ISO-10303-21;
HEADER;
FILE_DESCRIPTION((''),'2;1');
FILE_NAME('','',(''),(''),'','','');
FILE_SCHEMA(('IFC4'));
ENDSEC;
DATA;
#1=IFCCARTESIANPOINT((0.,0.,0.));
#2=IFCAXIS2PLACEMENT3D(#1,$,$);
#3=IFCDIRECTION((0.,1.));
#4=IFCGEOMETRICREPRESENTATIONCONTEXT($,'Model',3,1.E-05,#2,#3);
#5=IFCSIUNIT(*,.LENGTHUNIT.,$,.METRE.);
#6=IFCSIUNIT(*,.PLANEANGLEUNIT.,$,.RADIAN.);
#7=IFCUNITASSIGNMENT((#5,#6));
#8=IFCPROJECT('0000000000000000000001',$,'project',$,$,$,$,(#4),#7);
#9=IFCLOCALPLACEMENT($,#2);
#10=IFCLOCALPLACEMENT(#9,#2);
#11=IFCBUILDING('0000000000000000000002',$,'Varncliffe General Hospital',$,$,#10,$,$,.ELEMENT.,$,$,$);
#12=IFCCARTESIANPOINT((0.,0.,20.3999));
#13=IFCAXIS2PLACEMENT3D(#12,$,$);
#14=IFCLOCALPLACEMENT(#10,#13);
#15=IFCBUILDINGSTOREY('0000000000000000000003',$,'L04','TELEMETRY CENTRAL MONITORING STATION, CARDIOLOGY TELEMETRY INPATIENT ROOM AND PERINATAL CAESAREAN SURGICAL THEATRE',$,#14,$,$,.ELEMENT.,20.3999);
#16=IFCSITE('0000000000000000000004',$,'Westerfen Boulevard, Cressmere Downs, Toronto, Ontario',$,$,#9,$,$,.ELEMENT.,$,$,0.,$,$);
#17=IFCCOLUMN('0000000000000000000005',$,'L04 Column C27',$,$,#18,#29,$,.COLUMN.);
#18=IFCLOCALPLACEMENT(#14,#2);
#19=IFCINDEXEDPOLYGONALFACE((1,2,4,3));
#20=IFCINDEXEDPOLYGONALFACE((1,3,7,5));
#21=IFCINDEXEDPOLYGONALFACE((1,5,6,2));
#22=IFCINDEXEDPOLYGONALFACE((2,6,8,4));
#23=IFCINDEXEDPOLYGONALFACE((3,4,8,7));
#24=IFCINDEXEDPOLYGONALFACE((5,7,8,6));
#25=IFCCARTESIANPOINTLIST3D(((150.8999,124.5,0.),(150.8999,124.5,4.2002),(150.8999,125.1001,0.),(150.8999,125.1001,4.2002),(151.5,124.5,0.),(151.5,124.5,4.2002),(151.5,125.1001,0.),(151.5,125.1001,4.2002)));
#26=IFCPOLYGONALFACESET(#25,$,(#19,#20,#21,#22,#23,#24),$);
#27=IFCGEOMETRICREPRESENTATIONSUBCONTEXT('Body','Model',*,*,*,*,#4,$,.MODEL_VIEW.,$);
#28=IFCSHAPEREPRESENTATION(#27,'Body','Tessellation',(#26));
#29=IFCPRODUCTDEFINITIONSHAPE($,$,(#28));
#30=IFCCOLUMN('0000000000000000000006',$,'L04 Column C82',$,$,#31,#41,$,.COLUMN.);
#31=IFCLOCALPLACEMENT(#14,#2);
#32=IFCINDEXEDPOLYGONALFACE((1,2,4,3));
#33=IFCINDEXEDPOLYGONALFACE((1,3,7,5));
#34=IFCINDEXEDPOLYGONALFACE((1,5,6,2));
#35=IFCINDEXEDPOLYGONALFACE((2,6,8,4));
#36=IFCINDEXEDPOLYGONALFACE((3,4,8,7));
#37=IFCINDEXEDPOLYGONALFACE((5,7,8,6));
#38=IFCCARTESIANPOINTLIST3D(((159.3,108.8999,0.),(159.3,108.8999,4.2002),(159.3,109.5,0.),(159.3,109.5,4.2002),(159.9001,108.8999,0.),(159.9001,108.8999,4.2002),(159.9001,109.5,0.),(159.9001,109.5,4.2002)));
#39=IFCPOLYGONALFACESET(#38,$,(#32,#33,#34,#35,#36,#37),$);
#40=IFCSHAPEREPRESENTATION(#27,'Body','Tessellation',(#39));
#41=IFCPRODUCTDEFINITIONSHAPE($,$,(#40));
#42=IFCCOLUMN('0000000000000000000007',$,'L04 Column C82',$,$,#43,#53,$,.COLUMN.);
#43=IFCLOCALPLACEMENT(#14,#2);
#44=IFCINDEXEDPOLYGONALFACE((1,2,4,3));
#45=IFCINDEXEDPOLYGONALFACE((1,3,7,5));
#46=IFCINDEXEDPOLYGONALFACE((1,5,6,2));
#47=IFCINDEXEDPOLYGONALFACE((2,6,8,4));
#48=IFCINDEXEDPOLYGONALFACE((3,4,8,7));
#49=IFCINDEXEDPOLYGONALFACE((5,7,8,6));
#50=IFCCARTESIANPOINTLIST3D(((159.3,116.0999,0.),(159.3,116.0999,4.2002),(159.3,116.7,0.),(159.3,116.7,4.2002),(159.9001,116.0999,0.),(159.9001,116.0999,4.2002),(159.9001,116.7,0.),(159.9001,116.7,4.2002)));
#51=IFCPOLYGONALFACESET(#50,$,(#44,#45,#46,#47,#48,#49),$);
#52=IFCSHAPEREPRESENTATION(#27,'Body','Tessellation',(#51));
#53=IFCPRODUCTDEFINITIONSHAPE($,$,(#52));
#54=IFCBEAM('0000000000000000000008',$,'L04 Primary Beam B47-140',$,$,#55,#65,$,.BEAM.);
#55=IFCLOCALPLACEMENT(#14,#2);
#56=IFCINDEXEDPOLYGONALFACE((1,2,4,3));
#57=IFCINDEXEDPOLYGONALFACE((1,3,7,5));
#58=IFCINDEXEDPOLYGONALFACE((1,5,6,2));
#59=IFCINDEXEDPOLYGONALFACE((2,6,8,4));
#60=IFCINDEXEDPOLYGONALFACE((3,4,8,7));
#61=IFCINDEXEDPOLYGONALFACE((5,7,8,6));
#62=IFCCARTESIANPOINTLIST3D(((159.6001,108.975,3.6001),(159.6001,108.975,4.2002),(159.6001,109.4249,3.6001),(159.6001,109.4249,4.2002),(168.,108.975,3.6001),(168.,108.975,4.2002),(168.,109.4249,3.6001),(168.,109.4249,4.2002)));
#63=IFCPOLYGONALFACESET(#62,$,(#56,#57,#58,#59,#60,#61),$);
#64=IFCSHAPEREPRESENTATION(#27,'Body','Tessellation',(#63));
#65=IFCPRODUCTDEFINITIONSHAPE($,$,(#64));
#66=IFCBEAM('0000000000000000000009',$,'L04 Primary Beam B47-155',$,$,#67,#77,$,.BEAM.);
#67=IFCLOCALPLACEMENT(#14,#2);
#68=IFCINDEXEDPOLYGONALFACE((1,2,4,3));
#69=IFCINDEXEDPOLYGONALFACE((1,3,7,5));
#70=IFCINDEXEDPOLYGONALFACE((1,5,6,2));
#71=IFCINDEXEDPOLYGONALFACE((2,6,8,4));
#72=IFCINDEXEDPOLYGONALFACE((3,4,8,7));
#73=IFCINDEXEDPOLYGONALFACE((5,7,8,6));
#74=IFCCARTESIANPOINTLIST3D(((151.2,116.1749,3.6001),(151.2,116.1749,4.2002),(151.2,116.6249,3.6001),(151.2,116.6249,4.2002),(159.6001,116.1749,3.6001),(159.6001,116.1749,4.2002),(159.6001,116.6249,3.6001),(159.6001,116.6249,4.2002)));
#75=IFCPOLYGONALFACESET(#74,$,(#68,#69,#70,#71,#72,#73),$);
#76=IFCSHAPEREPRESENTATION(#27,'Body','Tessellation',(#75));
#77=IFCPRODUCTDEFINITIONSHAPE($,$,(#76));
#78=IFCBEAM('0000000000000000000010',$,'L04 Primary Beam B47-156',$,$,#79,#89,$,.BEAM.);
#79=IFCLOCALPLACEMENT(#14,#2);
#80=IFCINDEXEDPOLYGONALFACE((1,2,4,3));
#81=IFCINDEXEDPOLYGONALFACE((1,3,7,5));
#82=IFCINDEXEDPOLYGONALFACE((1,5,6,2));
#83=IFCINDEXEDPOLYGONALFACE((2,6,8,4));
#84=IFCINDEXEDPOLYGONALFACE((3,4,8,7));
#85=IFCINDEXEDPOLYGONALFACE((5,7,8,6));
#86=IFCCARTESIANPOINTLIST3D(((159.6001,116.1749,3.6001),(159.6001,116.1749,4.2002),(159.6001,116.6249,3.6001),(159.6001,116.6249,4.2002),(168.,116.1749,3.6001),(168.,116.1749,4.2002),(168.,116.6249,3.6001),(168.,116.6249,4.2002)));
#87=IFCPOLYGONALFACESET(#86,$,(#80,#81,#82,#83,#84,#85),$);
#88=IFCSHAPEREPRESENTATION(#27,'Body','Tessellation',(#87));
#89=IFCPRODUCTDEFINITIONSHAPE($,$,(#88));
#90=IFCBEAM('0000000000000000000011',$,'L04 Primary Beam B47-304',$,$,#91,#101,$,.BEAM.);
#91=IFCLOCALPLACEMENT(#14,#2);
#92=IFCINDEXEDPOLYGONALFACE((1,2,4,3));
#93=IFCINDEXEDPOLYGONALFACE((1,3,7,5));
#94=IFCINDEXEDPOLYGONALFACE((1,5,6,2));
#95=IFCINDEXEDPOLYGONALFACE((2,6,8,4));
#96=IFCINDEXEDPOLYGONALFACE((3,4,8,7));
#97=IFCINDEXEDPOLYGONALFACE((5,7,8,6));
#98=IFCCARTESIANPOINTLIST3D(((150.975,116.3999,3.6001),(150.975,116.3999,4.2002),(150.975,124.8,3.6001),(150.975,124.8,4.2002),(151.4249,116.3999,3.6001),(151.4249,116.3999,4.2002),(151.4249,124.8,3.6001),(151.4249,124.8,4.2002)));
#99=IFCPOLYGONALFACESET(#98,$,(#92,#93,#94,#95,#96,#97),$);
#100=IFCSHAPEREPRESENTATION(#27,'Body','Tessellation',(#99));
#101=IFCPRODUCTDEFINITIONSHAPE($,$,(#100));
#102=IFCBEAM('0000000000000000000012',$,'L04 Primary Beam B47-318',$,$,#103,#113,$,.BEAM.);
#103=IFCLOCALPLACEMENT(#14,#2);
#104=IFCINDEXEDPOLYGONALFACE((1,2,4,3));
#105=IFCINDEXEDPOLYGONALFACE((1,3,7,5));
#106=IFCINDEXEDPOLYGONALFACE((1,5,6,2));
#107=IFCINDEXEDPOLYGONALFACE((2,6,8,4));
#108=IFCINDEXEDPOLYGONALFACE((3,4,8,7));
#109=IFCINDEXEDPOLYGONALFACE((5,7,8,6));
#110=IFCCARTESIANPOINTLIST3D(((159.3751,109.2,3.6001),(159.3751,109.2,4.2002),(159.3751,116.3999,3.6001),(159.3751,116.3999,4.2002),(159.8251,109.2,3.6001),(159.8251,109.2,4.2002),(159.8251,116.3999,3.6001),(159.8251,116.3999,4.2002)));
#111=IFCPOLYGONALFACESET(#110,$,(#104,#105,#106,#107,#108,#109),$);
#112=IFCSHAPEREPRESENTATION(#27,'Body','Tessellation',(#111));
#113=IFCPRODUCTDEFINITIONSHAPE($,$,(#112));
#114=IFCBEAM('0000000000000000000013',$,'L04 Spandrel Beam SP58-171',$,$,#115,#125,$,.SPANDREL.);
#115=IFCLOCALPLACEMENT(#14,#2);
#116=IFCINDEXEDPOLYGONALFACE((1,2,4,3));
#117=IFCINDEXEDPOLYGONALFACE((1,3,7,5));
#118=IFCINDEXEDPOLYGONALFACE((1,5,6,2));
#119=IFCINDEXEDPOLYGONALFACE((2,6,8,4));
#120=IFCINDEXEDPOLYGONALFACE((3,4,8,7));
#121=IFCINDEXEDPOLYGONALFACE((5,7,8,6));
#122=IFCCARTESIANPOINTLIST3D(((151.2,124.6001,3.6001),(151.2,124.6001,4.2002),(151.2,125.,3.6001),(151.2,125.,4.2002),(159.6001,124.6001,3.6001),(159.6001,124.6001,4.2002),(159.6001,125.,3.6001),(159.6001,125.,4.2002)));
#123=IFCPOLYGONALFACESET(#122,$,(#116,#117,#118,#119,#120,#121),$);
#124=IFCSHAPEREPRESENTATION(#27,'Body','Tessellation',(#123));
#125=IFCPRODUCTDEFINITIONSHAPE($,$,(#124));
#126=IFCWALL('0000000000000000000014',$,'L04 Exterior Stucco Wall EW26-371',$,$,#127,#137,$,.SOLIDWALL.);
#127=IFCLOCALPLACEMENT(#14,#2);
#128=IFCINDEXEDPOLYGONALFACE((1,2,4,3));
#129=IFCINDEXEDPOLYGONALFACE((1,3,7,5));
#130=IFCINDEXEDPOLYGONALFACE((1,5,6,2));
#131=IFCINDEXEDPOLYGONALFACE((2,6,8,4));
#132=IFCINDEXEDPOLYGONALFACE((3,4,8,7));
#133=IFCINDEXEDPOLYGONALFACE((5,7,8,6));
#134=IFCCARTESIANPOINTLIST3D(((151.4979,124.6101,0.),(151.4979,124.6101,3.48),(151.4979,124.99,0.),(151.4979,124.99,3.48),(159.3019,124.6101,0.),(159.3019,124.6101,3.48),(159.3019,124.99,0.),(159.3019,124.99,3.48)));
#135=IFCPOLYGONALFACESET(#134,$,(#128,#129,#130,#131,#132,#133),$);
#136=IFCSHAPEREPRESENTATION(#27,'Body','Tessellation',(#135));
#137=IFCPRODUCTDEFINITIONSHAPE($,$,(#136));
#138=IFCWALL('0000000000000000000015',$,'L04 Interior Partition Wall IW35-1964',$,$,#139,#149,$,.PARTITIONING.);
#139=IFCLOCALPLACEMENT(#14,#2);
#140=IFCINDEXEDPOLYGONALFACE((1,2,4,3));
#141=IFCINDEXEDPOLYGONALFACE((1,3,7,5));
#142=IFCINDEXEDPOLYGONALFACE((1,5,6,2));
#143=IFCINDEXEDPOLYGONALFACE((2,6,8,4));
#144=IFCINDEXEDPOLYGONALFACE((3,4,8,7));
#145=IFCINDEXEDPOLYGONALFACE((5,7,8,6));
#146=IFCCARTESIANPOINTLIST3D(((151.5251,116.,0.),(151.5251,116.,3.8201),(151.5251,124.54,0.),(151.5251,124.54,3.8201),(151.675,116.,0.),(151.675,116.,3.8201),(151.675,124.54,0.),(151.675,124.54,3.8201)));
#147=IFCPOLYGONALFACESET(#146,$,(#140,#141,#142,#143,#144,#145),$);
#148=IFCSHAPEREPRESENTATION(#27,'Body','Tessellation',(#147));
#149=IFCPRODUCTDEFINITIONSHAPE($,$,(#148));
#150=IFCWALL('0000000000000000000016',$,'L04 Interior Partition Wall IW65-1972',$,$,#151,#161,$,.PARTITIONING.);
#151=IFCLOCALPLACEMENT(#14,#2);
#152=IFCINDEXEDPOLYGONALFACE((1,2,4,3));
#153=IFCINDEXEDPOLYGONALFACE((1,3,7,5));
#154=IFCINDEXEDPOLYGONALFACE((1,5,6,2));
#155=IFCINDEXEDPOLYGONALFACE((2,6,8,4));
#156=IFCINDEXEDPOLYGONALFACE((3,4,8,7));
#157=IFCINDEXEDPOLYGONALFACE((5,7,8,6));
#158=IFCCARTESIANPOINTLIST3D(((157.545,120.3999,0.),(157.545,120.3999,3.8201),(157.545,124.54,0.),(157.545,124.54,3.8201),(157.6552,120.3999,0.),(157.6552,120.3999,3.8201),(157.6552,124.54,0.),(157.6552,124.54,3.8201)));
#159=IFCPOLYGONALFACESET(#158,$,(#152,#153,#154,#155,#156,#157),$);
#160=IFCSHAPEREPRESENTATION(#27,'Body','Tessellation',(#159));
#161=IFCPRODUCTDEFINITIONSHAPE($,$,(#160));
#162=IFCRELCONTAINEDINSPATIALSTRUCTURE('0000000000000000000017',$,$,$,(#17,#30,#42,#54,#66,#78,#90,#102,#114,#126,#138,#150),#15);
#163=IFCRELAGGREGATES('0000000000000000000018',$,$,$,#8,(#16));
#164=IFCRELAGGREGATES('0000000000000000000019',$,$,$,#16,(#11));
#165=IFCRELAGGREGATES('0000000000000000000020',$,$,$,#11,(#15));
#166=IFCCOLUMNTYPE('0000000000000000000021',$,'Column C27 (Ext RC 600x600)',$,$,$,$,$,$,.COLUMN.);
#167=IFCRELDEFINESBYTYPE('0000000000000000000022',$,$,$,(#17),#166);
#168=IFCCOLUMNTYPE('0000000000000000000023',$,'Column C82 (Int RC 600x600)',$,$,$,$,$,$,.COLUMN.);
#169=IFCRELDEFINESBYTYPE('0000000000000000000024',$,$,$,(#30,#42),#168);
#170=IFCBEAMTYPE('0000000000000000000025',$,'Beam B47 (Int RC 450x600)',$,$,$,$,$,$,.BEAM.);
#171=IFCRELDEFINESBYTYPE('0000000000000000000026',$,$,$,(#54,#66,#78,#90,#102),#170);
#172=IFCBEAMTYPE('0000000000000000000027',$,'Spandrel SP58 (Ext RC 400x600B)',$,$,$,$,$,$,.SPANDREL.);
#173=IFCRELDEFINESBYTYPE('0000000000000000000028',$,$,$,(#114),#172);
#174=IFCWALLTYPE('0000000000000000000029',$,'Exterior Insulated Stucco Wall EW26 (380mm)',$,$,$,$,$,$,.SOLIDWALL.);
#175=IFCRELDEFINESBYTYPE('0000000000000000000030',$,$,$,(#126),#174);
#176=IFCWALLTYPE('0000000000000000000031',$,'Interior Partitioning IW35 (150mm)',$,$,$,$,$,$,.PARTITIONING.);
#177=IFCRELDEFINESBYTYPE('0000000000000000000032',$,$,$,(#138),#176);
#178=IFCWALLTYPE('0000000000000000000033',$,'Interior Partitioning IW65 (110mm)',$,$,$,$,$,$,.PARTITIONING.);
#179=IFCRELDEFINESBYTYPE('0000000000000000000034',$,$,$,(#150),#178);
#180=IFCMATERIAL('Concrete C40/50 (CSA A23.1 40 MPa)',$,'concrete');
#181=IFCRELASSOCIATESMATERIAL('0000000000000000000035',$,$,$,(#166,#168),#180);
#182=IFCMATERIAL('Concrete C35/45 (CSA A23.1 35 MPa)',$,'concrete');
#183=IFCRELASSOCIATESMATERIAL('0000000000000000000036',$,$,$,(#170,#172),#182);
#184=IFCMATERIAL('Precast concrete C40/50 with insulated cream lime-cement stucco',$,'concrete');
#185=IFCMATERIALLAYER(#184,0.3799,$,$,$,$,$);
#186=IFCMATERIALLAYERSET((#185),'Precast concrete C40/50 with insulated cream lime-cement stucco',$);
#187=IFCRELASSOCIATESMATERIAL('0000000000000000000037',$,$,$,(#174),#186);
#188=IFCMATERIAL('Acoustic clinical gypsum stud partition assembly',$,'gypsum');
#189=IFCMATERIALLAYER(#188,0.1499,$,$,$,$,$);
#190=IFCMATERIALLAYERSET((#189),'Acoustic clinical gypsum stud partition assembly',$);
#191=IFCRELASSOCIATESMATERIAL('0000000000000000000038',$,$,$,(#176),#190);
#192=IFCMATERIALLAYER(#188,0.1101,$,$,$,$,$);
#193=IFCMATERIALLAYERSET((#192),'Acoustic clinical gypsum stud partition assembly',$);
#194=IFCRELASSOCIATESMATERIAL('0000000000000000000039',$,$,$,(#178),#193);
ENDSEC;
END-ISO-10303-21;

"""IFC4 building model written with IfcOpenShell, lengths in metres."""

from ifc_helpers import new_model, si_unit, direction, frame, frame_2d, origin, origin_2d, place, context, subcontext, project, spatial, rectangle, extrude, material, layer, layer_set, material_profile, profile_set, type_object, element, save


model = new_model("IFC4")

# Units and contexts
model_context = context("Model", 3, precision=1e-05, world=origin(), true_north=direction((0.0, 1.0)))
body_context = subcontext(model_context, "Body", "Model", "MODEL_VIEW")
ifc_project = project(units=[si_unit("LENGTHUNIT", "METRE"), si_unit("PLANEANGLEUNIT", "RADIAN")], contexts=[model_context])

# Site, building, storey
site_placement = place(None, origin())
site = spatial("IfcSite", under=ifc_project, at=site_placement, Name="Westerfen Boulevard, Cressmere Downs, Toronto, Ontario", CompositionType="ELEMENT", RefElevation=0.0)
building_placement = place(site_placement, origin())
building = spatial("IfcBuilding", under=site, at=building_placement, Name="Varncliffe General Hospital", CompositionType="ELEMENT")
storey_placement = place(building_placement, frame((0.0, 0.0, 20.3999)))
storey = spatial("IfcBuildingStorey", under=building, at=storey_placement, Name="L04", Description="TELEMETRY CENTRAL MONITORING STATION, CARDIOLOGY TELEMETRY INPATIENT ROOM AND PERINATAL CAESAREAN SURGICAL THEATRE", CompositionType="ELEMENT", Elevation=20.3999)

# Columns
ifc_material_1 = material(Name="Concrete C40/50 (CSA A23.1 40 MPa)", Category="concrete")
ifc_material_profile_1 = material_profile(ifc_material_1, rectangle(XDim=0.6001, YDim=0.6001, at=origin_2d()), Name="RC 600x600")
ifc_profile_set_1 = profile_set([ifc_material_profile_1], Name="Concrete C40/50 (CSA A23.1 40 MPa)")
column_type_1 = type_object("IfcColumnType", Name="Column C27 (Ext RC 600x600)", PredefinedType="COLUMN", material=ifc_profile_set_1)
column_placement = place(storey_placement, frame((151.2, 124.8, 0.0), z_axis=(0.0, 0.0, 1.0), x_axis=(1.0, 0.0, 0.0)))
element("IfcColumn", 1, at=column_placement, inside=storey, type_object=column_type_1, Name="L04 Column C27", PredefinedType="COLUMN", context=body_context, shape_type="SweptSolid", body=[
    extrude(rectangle(XDim=0.6001, YDim=0.6001, at=origin_2d()), origin(), (0.0, 0.0, 1.0), 4.2002),
])
ifc_material_profile_2 = material_profile(ifc_material_1, rectangle(XDim=0.6001, YDim=0.6001, at=origin_2d()), Name="RC 600x600")
ifc_profile_set_2 = profile_set([ifc_material_profile_2], Name="Concrete C40/50 (CSA A23.1 40 MPa)")
column_type_2 = type_object("IfcColumnType", Name="Column C82 (Int RC 600x600)", PredefinedType="COLUMN", material=ifc_profile_set_2)
for number, where, z_axis, x_axis, name in (
    (2, (159.6001, 109.2, 0.0), (0.0, 0.0, 1.0), (1.0, 0.0, 0.0), "L04 Column C82"),
    (3, (159.6001, 116.3999, 0.0), (0.0, 0.0, 1.0), (1.0, 0.0, 0.0), "L04 Column C82"),
):
    element("IfcColumn", number, at=place(storey_placement, frame(where, z_axis=z_axis, x_axis=x_axis)), inside=storey, type_object=column_type_2, Name=name, PredefinedType="COLUMN", context=body_context, shape_type="SweptSolid", body=[
        extrude(rectangle(XDim=0.6001, YDim=0.6001, at=origin_2d()), origin(), (0.0, 0.0, 1.0), 4.2002),
    ])

# Beams
ifc_material_2 = material(Name="Concrete C35/45 (CSA A23.1 35 MPa)", Category="concrete")
ifc_material_profile_3 = material_profile(ifc_material_2, rectangle(XDim=0.45, YDim=0.6001, at=origin_2d()), Name="RC 450x600")
ifc_profile_set_3 = profile_set([ifc_material_profile_3], Name="Concrete C35/45 (CSA A23.1 35 MPa)")
beam_type_1 = type_object("IfcBeamType", Name="Beam B47 (Int RC 450x600)", PredefinedType="BEAM", material=ifc_profile_set_3)
beam_1_placement = place(storey_placement, frame((159.6001, 109.2, 3.9001), z_axis=(1.0, 0.0, 0.0), x_axis=(0.0, 1.0, 0.0)))
element("IfcBeam", 4, at=beam_1_placement, inside=storey, type_object=beam_type_1, Name="L04 Primary Beam B47-140", PredefinedType="BEAM", context=body_context, shape_type="SweptSolid", body=[
    extrude(rectangle(XDim=0.45, YDim=0.6001, at=origin_2d()), origin(), (0.0, 0.0, 1.0), 8.3999),
])
beam_2_placement = place(storey_placement, frame((151.2, 116.3999, 3.9001), z_axis=(1.0, 0.0, 0.0), x_axis=(0.0, 1.0, 0.0)))
element("IfcBeam", 5, at=beam_2_placement, inside=storey, type_object=beam_type_1, Name="L04 Primary Beam B47-155", PredefinedType="BEAM", context=body_context, shape_type="SweptSolid", body=[
    extrude(rectangle(XDim=0.45, YDim=0.6001, at=origin_2d()), origin(), (0.0, 0.0, 1.0), 8.4001),
])
beam_3_placement = place(storey_placement, frame((159.6001, 116.3999, 3.9001), z_axis=(1.0, 0.0, 0.0), x_axis=(0.0, 1.0, 0.0)))
element("IfcBeam", 6, at=beam_3_placement, inside=storey, type_object=beam_type_1, Name="L04 Primary Beam B47-156", PredefinedType="BEAM", context=body_context, shape_type="SweptSolid", body=[
    extrude(rectangle(XDim=0.45, YDim=0.6001, at=origin_2d()), origin(), (0.0, 0.0, 1.0), 8.3999),
])
beam_4_placement = place(storey_placement, frame((151.2, 116.3999, 3.9001), z_axis=(0.0, 1.0, 0.0), x_axis=(-1.0, 0.0, 0.0)))
element("IfcBeam", 7, at=beam_4_placement, inside=storey, type_object=beam_type_1, Name="L04 Primary Beam B47-304", PredefinedType="BEAM", context=body_context, shape_type="SweptSolid", body=[
    extrude(rectangle(XDim=0.45, YDim=0.6001, at=origin_2d()), origin(), (0.0, 0.0, 1.0), 8.4001),
])
beam_5_placement = place(storey_placement, frame((159.6001, 109.2, 3.9001), z_axis=(0.0, 1.0, 0.0), x_axis=(-1.0, 0.0, 0.0)))
element("IfcBeam", 8, at=beam_5_placement, inside=storey, type_object=beam_type_1, Name="L04 Primary Beam B47-318", PredefinedType="BEAM", context=body_context, shape_type="SweptSolid", body=[
    extrude(rectangle(XDim=0.45, YDim=0.6001, at=origin_2d()), origin(), (0.0, 0.0, 1.0), 7.2),
])
ifc_material_profile_4 = material_profile(ifc_material_2, rectangle(XDim=0.3999, YDim=0.6001, at=origin_2d()), Name="RC 400x600")
ifc_profile_set_4 = profile_set([ifc_material_profile_4], Name="Concrete C35/45 (CSA A23.1 35 MPa)")
beam_type_2 = type_object("IfcBeamType", Name="Spandrel SP58 (Ext RC 400x600B)", PredefinedType="SPANDREL", material=ifc_profile_set_4)
beam_6_placement = place(storey_placement, frame((151.2, 124.8, 3.9001), z_axis=(1.0, 0.0, 0.0), x_axis=(0.0, 1.0, 0.0)))
element("IfcBeam", 9, at=beam_6_placement, inside=storey, type_object=beam_type_2, Name="L04 Spandrel Beam SP58-171", PredefinedType="SPANDREL", context=body_context, shape_type="SweptSolid", body=[
    extrude(rectangle(XDim=0.3999, YDim=0.6001, at=origin_2d()), origin(), (0.0, 0.0, 1.0), 8.4001),
])

# Walls
ifc_material_3 = material(Name="Precast concrete C40/50 with insulated cream lime-cement stucco", Category="concrete")
ifc_layer_1 = layer(ifc_material_3, 0.3799)
ifc_layer_set_1 = layer_set([ifc_layer_1], Name="Precast concrete C40/50 with insulated cream lime-cement stucco")
wall_type_1 = type_object("IfcWallType", Name="Exterior Insulated Stucco Wall EW26 (380mm)", PredefinedType="SOLIDWALL", material=ifc_layer_set_1)
wall_1_placement = place(storey_placement, frame((151.498, 124.8, 0.0), z_axis=(0.0, 0.0, 1.0), x_axis=(1.0, 0.0, 0.0)))
element("IfcWall", 10, at=wall_1_placement, inside=storey, type_object=wall_type_1, Name="L04 Exterior Stucco Wall EW26-371", PredefinedType="SOLIDWALL", context=body_context, shape_type="SweptSolid", body=[
    extrude(rectangle(XDim=7.804, YDim=0.3799, at=frame_2d((3.9019, 0.0))), origin(), (0.0, 0.0, 1.0), 3.48),
])
ifc_material_4 = material(Name="Acoustic clinical gypsum stud partition assembly", Category="gypsum")
ifc_layer_2 = layer(ifc_material_4, 0.1499)
ifc_layer_set_2 = layer_set([ifc_layer_2], Name="Acoustic clinical gypsum stud partition assembly")
wall_type_2 = type_object("IfcWallType", Name="Interior Partitioning IW35 (150mm)", PredefinedType="PARTITIONING", material=ifc_layer_set_2)
wall_2_placement = place(storey_placement, frame((151.6001, 116.0, 0.0), z_axis=(0.0, 0.0, 1.0), x_axis=(0.0, 1.0, 0.0)))
element("IfcWall", 11, at=wall_2_placement, inside=storey, type_object=wall_type_2, Name="L04 Interior Partition Wall IW35-1964", PredefinedType="PARTITIONING", context=body_context, shape_type="SweptSolid", body=[
    extrude(rectangle(XDim=8.54, YDim=0.1499, at=frame_2d((4.27, 0.0))), origin(), (0.0, 0.0, 1.0), 3.8201),
])
ifc_layer_3 = layer(ifc_material_4, 0.1101)
ifc_layer_set_3 = layer_set([ifc_layer_3], Name="Acoustic clinical gypsum stud partition assembly")
wall_type_3 = type_object("IfcWallType", Name="Interior Partitioning IW65 (110mm)", PredefinedType="PARTITIONING", material=ifc_layer_set_3)
wall_3_placement = place(storey_placement, frame((157.6001, 120.3999, 0.0), z_axis=(0.0, 0.0, 1.0), x_axis=(0.0, 1.0, 0.0)))
element("IfcWall", 12, at=wall_3_placement, inside=storey, type_object=wall_type_3, Name="L04 Interior Partition Wall IW65-1972", PredefinedType="PARTITIONING", context=body_context, shape_type="SweptSolid", body=[
    extrude(rectangle(XDim=4.1401, YDim=0.1101, at=frame_2d((2.0701, 0.0))), origin(), (0.0, 0.0, 1.0), 3.8201),
])

save(model, "model.ifc")
